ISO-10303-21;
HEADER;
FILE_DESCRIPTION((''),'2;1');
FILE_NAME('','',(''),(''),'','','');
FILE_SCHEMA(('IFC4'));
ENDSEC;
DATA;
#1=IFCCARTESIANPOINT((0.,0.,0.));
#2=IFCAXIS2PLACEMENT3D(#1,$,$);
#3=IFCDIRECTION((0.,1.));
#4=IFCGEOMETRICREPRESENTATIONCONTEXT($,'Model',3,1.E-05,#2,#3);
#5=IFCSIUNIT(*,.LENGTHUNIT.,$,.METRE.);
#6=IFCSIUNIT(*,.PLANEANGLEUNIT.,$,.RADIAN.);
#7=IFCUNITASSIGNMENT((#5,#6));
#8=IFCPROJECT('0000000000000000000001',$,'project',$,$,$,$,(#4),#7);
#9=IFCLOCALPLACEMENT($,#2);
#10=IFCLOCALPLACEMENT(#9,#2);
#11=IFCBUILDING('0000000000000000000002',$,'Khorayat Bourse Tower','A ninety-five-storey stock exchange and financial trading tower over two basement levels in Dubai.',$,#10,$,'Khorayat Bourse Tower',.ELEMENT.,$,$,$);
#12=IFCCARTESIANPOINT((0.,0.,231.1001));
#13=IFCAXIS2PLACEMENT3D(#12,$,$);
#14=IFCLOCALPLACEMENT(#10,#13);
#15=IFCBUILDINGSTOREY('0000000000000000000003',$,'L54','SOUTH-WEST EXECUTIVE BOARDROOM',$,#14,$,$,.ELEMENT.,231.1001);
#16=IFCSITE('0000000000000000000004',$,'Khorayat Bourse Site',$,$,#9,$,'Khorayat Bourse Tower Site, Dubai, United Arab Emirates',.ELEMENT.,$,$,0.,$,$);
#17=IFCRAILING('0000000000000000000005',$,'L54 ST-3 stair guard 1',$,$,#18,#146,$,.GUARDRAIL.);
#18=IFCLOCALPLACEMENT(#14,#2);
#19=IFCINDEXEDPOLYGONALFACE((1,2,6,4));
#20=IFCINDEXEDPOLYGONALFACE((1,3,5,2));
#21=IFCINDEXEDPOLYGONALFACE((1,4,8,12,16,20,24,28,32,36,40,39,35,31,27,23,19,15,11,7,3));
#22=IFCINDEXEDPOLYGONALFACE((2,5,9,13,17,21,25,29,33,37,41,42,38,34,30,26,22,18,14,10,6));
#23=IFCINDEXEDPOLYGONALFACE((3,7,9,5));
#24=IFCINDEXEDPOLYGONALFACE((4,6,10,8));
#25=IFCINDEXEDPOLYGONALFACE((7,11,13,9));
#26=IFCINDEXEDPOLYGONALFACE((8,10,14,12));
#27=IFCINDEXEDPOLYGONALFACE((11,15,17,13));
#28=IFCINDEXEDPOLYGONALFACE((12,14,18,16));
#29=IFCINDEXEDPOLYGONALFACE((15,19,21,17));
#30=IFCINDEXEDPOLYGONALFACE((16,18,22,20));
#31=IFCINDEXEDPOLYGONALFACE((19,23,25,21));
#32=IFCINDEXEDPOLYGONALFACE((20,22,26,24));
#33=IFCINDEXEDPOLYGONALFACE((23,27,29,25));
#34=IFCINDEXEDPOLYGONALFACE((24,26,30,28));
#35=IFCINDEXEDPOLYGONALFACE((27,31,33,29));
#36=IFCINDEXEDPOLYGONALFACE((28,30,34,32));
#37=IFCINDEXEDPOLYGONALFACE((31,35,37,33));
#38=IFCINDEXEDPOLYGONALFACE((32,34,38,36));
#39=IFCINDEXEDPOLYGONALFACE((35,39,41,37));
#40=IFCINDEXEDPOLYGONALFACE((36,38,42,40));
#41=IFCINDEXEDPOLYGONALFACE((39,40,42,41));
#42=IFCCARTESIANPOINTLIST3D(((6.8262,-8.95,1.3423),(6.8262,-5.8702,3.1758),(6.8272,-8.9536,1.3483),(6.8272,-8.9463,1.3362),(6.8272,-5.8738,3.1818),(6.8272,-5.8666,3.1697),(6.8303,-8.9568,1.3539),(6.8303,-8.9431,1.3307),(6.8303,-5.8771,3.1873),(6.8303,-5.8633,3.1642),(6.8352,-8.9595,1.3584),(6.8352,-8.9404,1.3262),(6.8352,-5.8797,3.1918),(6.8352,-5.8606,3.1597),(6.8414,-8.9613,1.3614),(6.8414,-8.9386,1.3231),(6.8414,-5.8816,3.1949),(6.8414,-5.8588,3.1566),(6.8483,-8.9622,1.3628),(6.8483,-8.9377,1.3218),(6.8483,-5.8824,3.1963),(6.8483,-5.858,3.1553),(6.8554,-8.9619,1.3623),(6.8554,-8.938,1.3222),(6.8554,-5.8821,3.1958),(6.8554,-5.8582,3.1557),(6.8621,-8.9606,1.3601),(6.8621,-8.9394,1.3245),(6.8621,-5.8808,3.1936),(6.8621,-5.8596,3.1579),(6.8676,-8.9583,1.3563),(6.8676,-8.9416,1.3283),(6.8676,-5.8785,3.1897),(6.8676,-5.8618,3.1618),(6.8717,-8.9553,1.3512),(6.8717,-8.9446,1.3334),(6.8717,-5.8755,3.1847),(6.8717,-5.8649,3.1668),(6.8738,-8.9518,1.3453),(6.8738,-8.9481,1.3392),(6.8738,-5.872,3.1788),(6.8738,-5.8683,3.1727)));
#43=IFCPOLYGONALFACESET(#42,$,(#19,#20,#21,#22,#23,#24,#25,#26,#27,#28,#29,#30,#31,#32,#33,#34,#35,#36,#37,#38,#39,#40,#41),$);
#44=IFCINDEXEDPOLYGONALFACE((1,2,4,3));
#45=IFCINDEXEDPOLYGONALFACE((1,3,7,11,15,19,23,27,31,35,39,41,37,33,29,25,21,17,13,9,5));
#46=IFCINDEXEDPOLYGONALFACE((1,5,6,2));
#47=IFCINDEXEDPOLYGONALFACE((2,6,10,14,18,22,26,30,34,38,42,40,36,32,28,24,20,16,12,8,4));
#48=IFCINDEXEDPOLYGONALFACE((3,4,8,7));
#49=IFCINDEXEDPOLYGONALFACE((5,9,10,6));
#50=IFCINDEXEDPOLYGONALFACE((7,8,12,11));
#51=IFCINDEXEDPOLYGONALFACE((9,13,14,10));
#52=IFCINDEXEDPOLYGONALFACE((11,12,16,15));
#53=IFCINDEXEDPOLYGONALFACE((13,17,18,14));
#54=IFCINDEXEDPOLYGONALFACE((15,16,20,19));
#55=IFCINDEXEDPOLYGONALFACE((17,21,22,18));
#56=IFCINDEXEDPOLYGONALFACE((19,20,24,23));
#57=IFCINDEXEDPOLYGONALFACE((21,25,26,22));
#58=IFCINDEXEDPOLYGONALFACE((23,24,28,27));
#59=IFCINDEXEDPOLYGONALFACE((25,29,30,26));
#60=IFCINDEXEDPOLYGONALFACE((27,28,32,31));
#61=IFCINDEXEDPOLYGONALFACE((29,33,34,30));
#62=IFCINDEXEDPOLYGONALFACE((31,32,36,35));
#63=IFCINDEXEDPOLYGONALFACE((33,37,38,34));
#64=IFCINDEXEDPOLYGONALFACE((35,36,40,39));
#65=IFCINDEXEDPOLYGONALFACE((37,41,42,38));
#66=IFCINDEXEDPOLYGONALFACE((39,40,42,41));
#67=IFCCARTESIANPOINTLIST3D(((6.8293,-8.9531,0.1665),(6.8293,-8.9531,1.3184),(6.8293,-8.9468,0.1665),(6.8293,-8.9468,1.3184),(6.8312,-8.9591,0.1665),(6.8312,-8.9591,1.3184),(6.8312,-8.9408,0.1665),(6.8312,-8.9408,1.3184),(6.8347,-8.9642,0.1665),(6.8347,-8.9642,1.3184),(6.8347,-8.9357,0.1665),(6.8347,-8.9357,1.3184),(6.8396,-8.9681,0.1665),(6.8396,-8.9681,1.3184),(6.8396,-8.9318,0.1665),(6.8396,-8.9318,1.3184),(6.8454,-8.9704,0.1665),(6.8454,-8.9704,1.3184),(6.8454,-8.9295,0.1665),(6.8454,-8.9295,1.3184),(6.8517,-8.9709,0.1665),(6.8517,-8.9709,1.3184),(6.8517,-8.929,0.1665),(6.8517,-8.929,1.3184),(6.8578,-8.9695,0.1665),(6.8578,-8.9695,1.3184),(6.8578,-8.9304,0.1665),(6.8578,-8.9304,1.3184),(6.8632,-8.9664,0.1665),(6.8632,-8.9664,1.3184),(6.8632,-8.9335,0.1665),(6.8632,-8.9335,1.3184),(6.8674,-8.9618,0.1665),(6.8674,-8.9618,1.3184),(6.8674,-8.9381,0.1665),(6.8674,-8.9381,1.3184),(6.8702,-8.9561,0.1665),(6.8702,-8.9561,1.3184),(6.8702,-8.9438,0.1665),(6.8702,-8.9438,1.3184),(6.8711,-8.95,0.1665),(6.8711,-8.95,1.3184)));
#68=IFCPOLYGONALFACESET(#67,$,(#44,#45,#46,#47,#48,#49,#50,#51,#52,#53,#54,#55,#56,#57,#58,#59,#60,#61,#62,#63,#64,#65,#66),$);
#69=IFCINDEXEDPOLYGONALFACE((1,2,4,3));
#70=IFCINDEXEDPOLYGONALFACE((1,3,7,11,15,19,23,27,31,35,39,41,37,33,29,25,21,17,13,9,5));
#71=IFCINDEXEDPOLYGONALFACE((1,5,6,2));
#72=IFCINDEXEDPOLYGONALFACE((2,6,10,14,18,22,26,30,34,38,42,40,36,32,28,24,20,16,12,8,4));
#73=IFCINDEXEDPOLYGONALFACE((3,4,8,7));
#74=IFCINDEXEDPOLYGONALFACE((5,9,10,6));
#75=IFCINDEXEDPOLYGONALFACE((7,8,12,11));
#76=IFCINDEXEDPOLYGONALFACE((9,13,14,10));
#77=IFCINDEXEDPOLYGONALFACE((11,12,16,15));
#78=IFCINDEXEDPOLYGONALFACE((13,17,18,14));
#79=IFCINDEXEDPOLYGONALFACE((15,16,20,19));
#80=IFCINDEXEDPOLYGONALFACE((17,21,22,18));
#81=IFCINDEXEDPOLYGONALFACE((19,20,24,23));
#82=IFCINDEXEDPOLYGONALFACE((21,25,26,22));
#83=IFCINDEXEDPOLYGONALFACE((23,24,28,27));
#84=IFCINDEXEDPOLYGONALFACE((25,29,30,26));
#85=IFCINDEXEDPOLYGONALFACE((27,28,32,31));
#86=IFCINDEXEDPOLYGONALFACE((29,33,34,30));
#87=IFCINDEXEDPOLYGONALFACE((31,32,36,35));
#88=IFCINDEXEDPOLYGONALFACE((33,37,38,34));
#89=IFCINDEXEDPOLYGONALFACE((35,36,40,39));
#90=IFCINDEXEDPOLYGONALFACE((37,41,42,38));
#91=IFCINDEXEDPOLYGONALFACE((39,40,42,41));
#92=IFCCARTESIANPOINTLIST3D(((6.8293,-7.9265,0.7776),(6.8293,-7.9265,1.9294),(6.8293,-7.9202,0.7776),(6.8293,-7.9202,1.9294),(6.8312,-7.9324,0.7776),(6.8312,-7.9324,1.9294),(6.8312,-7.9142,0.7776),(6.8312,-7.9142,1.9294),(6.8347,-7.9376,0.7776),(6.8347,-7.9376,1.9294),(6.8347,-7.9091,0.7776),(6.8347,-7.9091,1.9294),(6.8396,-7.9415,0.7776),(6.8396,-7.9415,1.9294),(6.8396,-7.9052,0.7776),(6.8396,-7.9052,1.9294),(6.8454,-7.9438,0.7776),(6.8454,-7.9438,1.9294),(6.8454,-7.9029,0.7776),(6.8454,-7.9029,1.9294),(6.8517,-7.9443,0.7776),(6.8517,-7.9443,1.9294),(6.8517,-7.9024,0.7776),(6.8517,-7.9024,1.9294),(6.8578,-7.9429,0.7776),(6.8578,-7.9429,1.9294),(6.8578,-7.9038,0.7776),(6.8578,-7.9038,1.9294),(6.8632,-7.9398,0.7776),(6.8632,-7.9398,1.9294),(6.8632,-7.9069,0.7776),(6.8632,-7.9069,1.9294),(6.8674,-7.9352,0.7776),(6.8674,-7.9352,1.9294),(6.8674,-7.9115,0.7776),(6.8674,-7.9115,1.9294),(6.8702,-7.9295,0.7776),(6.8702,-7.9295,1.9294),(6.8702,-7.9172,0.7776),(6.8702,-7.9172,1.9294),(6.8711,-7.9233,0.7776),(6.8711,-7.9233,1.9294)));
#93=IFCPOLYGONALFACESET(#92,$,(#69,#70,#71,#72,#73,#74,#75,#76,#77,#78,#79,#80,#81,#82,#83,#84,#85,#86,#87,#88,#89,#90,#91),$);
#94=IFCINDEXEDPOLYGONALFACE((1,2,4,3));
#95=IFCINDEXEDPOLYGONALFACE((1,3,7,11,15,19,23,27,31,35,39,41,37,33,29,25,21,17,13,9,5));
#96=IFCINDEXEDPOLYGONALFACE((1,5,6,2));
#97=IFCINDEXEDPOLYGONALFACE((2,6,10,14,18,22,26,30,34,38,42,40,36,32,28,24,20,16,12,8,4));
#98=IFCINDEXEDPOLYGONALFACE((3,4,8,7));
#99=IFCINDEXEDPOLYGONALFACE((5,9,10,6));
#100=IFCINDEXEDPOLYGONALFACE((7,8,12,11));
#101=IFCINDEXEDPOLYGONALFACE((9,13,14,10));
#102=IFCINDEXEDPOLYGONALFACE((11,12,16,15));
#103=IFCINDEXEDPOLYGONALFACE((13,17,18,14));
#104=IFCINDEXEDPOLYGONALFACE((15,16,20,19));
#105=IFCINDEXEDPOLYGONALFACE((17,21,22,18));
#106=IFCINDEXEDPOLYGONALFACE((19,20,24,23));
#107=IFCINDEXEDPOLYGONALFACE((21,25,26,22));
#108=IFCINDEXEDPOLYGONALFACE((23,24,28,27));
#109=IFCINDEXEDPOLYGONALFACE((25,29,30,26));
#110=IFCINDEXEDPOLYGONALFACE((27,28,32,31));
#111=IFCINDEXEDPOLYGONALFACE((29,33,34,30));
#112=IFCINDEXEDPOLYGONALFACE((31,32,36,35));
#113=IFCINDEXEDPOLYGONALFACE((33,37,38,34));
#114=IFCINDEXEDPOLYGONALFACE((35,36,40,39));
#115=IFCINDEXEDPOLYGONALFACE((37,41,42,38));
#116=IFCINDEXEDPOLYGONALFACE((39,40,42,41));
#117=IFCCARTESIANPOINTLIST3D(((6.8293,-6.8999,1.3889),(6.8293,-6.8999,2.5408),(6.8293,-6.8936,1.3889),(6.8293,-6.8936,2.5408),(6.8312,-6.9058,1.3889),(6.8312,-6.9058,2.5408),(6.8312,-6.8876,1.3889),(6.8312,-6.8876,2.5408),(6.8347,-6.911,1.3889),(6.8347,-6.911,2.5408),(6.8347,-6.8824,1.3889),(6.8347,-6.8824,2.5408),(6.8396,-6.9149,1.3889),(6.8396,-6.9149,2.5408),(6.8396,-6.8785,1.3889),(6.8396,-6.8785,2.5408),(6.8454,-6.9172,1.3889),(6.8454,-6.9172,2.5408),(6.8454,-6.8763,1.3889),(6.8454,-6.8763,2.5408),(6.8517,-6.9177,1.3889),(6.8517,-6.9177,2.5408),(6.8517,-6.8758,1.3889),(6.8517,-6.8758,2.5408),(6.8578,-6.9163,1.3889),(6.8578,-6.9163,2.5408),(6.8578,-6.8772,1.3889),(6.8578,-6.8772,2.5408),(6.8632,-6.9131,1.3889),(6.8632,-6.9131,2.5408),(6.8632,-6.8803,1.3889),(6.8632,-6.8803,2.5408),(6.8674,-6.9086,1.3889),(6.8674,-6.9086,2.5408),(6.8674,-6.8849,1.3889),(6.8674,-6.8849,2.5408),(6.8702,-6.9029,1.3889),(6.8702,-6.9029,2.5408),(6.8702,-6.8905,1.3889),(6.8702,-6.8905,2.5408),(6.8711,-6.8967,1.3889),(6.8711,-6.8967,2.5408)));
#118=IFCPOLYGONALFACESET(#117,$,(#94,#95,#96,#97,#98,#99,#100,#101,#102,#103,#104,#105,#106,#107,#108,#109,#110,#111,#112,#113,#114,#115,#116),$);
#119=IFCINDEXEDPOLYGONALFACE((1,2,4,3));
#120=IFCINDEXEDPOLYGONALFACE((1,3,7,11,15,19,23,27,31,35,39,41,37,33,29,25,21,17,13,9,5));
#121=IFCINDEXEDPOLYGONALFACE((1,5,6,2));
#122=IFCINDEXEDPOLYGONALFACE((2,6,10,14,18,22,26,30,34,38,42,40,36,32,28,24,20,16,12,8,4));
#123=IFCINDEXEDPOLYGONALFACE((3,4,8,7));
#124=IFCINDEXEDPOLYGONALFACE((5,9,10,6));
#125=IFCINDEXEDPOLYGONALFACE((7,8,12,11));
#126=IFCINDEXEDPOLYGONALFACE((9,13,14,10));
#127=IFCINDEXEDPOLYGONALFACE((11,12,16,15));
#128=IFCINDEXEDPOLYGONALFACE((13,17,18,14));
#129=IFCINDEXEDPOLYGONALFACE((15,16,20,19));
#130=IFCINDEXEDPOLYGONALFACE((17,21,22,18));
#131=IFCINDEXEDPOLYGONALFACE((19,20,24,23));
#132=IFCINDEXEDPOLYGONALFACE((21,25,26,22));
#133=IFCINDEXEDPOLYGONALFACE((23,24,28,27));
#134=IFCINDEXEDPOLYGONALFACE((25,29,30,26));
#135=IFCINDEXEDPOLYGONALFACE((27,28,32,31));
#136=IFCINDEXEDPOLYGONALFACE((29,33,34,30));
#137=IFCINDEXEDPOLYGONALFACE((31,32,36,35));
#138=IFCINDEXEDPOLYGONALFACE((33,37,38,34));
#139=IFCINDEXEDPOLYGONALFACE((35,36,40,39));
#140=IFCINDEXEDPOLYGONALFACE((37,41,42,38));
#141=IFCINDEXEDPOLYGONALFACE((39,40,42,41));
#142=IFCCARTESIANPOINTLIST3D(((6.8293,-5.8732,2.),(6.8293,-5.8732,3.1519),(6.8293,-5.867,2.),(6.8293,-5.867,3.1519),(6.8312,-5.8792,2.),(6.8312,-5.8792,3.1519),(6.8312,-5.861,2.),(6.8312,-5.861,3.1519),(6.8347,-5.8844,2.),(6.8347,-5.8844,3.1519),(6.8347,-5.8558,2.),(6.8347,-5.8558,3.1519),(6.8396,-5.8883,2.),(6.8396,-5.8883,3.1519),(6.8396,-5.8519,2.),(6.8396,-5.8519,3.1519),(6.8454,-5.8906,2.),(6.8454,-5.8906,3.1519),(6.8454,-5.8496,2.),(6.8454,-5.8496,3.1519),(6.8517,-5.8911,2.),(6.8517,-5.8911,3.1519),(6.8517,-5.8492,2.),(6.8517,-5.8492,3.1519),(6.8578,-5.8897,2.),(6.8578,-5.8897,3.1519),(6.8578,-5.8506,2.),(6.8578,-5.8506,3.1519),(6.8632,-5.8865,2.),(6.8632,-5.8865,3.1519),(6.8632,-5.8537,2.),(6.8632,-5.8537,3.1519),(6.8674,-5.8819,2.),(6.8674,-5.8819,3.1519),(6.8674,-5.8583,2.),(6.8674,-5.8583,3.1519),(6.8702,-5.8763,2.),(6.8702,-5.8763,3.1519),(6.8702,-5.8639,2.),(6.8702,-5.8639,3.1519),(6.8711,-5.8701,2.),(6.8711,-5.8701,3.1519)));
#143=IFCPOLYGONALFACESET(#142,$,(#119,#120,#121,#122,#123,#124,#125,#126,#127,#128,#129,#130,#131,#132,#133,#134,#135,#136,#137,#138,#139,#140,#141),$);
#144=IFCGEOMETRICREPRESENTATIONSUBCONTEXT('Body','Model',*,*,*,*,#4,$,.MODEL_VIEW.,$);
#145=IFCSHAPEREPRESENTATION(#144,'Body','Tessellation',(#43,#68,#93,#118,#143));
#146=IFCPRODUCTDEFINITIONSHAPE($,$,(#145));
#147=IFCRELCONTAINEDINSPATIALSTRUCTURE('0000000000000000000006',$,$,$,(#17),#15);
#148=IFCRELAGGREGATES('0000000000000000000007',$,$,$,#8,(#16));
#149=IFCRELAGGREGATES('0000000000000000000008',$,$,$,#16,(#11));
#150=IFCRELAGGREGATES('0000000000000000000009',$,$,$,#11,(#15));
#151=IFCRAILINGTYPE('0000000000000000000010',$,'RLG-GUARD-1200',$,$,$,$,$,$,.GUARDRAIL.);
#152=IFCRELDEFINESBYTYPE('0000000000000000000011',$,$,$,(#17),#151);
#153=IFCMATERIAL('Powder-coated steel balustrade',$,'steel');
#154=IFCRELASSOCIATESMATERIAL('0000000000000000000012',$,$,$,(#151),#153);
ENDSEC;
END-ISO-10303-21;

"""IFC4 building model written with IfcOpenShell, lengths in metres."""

from ifc_helpers import new_model, si_unit, direction, frame, origin, origin_2d, place, context, subcontext, project, spatial, circle, extrude, source, transform, mapped, material, type_object, element, save


model = new_model("IFC4")

# Units and contexts
model_context = context("Model", 3, precision=1e-05, world=origin(), true_north=direction((0.0, 1.0)))
body_context = subcontext(model_context, "Body", "Model", "MODEL_VIEW")
ifc_project = project(units=[si_unit("LENGTHUNIT", "METRE"), si_unit("PLANEANGLEUNIT", "RADIAN")], contexts=[model_context])

# Site, building, storey
site_placement = place(None, origin())
site = spatial("IfcSite", under=ifc_project, at=site_placement, Name="Khorayat Bourse Site", LongName="Khorayat Bourse Tower Site, Dubai, United Arab Emirates", CompositionType="ELEMENT", RefElevation=0.0)
building_placement = place(site_placement, origin())
building = spatial("IfcBuilding", under=site, at=building_placement, Name="Khorayat Bourse Tower", Description="A ninety-five-storey stock exchange and financial trading tower over two basement levels in Dubai.", LongName="Khorayat Bourse Tower", CompositionType="ELEMENT")
storey_placement = place(building_placement, frame((0.0, 0.0, 231.1001)))
storey = spatial("IfcBuildingStorey", under=building, at=storey_placement, Name="L54", Description="SOUTH-WEST EXECUTIVE BOARDROOM", CompositionType="ELEMENT", Elevation=231.1001)

# Railing
ifc_material_1 = material(Name="Powder-coated steel balustrade", Category="steel")
railing_type_1 = type_object("IfcRailingType", Name="RLG-GUARD-1200", PredefinedType="GUARDRAIL", material=ifc_material_1)
shared_shape_1 = source(origin(), body_context, "Body", "SweptSolid", [
    extrude(circle(Radius=0.0239, at=origin_2d()), frame((0.0, 0.0, 1.1758), z_axis=(0.0, 0.859261, 0.511538), x_axis=(-1.0, 0.0, 0.0)), (0.0, 0.0, 1.0), 3.5842),
    extrude(circle(Radius=0.021, at=origin_2d()), origin(), (0.0, 0.0, 1.0), 1.1519),
    extrude(circle(Radius=0.021, at=origin_2d()), frame((0.0, 1.0266, 0.6111)), (0.0, 0.0, 1.0), 1.1519),
    extrude(circle(Radius=0.021, at=origin_2d()), frame((0.0, 2.0532, 1.2224)), (0.0, 0.0, 1.0), 1.1519),
    extrude(circle(Radius=0.021, at=origin_2d()), frame((0.0, 3.0798, 1.8335)), (0.0, 0.0, 1.0), 1.1519),
])
railing_1_placement = place(storey_placement, frame((6.8501, -8.95, 0.1665)))
element("IfcRailing", 1, at=railing_1_placement, inside=storey, type_object=railing_type_1, Name="L54 ST-3 stair guard 1", PredefinedType="GUARDRAIL", context=body_context, shape_type="MappedRepresentation", body=[
    mapped(shared_shape_1, transform((0.0, 0.0, 0.0), scale=1.0)),
])

save(model, "model.ifc")
